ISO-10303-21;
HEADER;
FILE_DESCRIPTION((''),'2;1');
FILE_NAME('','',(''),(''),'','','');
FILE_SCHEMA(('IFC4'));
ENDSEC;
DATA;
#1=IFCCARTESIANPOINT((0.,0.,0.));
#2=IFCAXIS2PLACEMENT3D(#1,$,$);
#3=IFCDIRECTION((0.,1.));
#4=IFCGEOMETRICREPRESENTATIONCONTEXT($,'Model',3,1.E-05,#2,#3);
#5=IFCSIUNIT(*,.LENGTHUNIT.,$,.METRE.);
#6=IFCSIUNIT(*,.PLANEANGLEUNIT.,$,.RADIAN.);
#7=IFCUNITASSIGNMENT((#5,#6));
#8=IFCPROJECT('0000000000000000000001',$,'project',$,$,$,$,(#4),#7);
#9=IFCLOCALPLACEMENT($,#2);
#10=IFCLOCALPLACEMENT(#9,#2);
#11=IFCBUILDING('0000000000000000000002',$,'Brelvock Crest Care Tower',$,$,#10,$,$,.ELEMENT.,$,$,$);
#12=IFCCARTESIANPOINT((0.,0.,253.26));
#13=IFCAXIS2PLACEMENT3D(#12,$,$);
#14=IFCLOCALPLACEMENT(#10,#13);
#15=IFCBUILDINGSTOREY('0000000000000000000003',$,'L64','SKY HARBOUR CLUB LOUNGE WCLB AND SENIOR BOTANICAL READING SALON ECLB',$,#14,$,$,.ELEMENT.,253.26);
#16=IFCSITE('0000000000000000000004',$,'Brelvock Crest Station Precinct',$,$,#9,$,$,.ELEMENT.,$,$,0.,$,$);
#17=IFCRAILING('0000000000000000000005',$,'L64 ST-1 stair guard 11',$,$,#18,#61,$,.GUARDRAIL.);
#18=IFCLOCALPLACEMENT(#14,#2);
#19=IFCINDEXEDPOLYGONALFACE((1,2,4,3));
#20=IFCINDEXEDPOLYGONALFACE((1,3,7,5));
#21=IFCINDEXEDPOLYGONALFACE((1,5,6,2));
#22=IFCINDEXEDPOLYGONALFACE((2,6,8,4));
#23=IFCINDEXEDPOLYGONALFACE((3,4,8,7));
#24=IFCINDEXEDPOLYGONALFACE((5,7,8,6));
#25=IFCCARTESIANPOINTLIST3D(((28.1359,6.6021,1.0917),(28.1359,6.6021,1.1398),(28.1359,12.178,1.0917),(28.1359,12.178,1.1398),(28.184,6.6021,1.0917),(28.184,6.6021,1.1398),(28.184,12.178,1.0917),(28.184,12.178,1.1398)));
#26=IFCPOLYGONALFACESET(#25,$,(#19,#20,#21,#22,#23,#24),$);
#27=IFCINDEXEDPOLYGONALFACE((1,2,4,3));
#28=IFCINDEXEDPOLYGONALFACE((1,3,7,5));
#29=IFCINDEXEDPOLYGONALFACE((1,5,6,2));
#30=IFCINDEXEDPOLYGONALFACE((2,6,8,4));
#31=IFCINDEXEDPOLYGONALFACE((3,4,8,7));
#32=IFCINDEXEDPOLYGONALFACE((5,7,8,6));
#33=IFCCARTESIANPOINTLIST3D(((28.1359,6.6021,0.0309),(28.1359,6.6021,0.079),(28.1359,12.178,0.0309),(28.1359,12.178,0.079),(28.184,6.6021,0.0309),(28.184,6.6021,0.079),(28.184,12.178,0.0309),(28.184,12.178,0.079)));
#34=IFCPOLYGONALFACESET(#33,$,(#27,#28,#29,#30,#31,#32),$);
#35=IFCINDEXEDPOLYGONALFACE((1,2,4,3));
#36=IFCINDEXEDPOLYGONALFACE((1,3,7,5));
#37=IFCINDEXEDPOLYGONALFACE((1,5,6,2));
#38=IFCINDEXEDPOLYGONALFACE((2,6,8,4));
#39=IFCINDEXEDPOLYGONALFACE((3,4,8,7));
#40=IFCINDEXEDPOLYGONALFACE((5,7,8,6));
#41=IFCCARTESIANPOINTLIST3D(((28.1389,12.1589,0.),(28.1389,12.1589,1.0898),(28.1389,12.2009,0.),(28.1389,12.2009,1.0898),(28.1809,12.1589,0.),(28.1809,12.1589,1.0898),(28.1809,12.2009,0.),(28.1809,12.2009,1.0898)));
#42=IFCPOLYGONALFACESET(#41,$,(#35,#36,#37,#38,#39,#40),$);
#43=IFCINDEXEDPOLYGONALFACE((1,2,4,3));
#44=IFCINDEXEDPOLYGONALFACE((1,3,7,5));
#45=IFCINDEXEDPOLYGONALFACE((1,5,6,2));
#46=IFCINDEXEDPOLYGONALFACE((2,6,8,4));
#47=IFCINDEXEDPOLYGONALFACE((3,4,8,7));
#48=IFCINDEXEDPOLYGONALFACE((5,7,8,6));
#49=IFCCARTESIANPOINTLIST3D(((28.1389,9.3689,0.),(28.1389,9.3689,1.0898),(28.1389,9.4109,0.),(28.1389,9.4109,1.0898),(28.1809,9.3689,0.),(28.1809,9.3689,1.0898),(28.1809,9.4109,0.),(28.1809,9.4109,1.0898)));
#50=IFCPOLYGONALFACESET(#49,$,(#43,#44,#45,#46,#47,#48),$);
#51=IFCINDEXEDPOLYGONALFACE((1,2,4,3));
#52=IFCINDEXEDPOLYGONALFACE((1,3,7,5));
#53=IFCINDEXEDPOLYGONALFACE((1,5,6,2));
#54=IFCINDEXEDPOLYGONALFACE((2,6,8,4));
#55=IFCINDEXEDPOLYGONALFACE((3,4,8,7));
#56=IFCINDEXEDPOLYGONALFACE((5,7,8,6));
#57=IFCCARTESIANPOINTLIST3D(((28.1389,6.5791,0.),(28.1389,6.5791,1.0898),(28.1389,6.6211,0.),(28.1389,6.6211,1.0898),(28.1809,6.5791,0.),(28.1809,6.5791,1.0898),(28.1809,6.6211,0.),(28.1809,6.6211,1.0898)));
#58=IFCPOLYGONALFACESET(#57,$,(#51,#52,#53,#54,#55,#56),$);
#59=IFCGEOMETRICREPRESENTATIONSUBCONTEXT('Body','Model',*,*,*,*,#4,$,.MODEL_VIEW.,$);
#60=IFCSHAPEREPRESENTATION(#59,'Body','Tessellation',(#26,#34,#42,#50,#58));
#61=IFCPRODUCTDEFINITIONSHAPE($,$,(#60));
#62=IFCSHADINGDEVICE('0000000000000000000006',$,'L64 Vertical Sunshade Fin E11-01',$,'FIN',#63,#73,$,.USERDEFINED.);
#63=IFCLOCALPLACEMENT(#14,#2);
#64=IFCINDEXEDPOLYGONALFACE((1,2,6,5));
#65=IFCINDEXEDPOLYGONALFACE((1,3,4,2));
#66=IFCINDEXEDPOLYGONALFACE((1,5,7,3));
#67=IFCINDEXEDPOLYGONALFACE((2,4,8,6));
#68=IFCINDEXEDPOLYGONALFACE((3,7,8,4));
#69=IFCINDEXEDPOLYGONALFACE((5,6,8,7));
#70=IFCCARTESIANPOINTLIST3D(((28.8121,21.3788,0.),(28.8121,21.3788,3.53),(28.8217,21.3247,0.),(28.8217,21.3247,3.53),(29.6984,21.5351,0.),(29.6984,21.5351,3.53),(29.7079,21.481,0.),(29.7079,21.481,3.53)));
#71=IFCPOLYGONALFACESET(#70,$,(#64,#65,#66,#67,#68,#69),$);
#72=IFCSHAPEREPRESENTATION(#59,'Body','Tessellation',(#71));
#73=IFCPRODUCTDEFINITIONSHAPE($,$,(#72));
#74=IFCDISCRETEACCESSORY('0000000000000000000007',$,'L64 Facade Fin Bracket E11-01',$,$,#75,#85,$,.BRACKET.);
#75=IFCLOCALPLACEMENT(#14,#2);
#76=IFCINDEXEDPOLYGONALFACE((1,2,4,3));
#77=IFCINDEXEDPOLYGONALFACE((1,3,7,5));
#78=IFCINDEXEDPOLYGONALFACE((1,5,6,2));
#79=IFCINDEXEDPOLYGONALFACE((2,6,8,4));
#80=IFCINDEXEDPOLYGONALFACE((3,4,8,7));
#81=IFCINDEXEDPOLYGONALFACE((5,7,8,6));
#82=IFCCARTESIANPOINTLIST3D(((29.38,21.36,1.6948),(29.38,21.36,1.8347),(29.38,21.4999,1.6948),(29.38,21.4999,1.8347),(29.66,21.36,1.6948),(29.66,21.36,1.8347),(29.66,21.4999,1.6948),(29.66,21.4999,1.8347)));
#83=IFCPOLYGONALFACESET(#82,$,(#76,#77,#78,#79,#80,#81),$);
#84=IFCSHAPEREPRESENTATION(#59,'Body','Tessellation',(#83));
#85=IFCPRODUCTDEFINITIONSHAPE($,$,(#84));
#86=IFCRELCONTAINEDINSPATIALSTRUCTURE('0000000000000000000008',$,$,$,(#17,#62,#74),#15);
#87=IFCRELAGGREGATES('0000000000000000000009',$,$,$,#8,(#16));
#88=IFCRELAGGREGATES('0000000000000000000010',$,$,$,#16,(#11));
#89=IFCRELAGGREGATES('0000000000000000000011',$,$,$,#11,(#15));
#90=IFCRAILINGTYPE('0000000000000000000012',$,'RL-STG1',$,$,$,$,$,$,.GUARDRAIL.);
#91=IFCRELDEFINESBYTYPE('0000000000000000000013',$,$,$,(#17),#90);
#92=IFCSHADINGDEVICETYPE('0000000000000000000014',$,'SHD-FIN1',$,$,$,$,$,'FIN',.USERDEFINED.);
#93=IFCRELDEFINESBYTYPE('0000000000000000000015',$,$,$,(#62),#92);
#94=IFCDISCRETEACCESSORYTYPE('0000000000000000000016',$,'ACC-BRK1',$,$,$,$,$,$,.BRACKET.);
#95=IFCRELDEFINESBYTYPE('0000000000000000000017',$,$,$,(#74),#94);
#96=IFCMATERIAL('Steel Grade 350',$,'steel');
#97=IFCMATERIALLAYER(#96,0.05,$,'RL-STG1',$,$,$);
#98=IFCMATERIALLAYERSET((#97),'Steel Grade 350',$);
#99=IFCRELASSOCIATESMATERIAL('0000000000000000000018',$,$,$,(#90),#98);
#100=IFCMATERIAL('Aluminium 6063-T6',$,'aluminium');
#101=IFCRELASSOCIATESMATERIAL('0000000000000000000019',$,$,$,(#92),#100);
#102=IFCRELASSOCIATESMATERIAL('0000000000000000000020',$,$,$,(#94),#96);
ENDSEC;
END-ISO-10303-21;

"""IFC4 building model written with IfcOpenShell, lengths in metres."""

from ifc_helpers import new_model, si_unit, direction, frame, origin, origin_2d, place, context, subcontext, project, spatial, rectangle, extrude, source, transform, mapped, material, layer, layer_set, material_profile, profile_set, type_object, element, save


model = new_model("IFC4")

# Units and contexts
model_context = context("Model", 3, precision=1e-05, world=origin(), true_north=direction((0.0, 1.0)))
body_context = subcontext(model_context, "Body", "Model", "MODEL_VIEW")
ifc_project = project(units=[si_unit("LENGTHUNIT", "METRE"), si_unit("PLANEANGLEUNIT", "RADIAN")], contexts=[model_context])

# Site, building, storey
site_placement = place(None, origin())
site = spatial("IfcSite", under=ifc_project, at=site_placement, Name="Brelvock Crest Station Precinct", CompositionType="ELEMENT", RefElevation=0.0)
building_placement = place(site_placement, origin())
building = spatial("IfcBuilding", under=site, at=building_placement, Name="Brelvock Crest Care Tower", CompositionType="ELEMENT")
storey_placement = place(building_placement, frame((0.0, 0.0, 253.26)))
storey = spatial("IfcBuildingStorey", under=building, at=storey_placement, Name="L64", Description="SKY HARBOUR CLUB LOUNGE WCLB AND SENIOR BOTANICAL READING SALON ECLB", CompositionType="ELEMENT", Elevation=253.26)

# Shared definitions
ifc_material_1 = material(Name="Steel Grade 350", Category="steel")

# Shared definitions
ifc_material_2 = material(Name="Aluminium 6063-T6", Category="aluminium")

# Railing
ifc_layer_1 = layer(ifc_material_1, 0.05, Name="RL-STG1")
ifc_layer_set_1 = layer_set([ifc_layer_1], Name="Steel Grade 350")
railing_type = type_object("IfcRailingType", Name="RL-STG1", PredefinedType="GUARDRAIL", material=ifc_layer_set_1)
railing_1_placement = place(storey_placement, frame((28.1599, 12.1799, 0.0)))
element("IfcRailing", 1, at=railing_1_placement, inside=storey, type_object=railing_type, Name="L64 ST-1 stair guard 11", PredefinedType="GUARDRAIL", context=body_context, shape_type="SweptSolid", body=[
    extrude(rectangle(XDim=0.0481, YDim=0.0481, at=origin_2d()), frame((0.0, -0.002, 1.1157), z_axis=(0.0, -1.0, 0.0), x_axis=(1.0, 0.0, 0.0)), (0.0, 0.0, 1.0), 5.5759),
    extrude(rectangle(XDim=0.0481, YDim=0.0481, at=origin_2d()), frame((0.0, -0.002, 0.0549), z_axis=(0.0, -1.0, 0.0), x_axis=(1.0, 0.0, 0.0)), (0.0, 0.0, 1.0), 5.5759),
    extrude(rectangle(XDim=0.042, YDim=0.042, at=origin_2d()), origin(), (0.0, 0.0, 1.0), 1.0898),
    extrude(rectangle(XDim=0.042, YDim=0.042, at=origin_2d()), frame((0.0, -2.79, 0.0)), (0.0, 0.0, 1.0), 1.0898),
    extrude(rectangle(XDim=0.042, YDim=0.042, at=origin_2d()), frame((0.0, -5.5798, 0.0)), (0.0, 0.0, 1.0), 1.0898),
])

# Shading device
ifc_material_profile_1 = material_profile(ifc_material_2, rectangle(XDim=0.0549, YDim=0.8999, at=origin_2d()), Name="FIN55x900")
ifc_profile_set_1 = profile_set([ifc_material_profile_1], Name="Aluminium 6063-T6")
shading_device_type = type_object("IfcShadingDeviceType", Name="SHD-FIN1", ElementType="FIN", PredefinedType="USERDEFINED", material=ifc_profile_set_1)
shared_shape_1 = source(origin(), body_context, "Body", "SweptSolid", [
    extrude(rectangle(XDim=0.0549, YDim=0.8999, at=origin_2d()), origin(), (0.0, 0.0, 1.0), 3.53),
])
shading_device_placement = place(storey_placement, frame((29.26, 21.4299, 0.0), z_axis=(0.0, 0.0, 1.0), x_axis=(-0.173648, 0.984808, 0.0)))
element("IfcShadingDevice", 2, at=shading_device_placement, inside=storey, type_object=shading_device_type, Name="L64 Vertical Sunshade Fin E11-01", ObjectType="FIN", PredefinedType="USERDEFINED", context=body_context, shape_type="MappedRepresentation", body=[
    mapped(shared_shape_1, transform((0.0, 0.0, 0.0), x_axis=(1.0, 0.0, 0.0), y_axis=(0.0, 1.0, 0.0), z_axis=(0.0, 0.0, 1.0), scale=1.0)),
])

# Discrete accessory
discrete_accessory_type = type_object("IfcDiscreteAccessoryType", Name="ACC-BRK1", PredefinedType="BRACKET", material=ifc_material_1)
shared_shape_2 = source(origin(), body_context, "Body", "SweptSolid", [
    extrude(rectangle(XDim=0.28, YDim=0.1399, at=origin_2d()), origin(), (0.0, 0.0, 1.0), 0.1399),
])
discrete_accessory_placement = place(storey_placement, frame((29.52, 21.4299, 1.6948), z_axis=(0.0, 0.0, 1.0), x_axis=(-1.0, 0.0, 0.0)))
element("IfcDiscreteAccessory", 3, at=discrete_accessory_placement, inside=storey, type_object=discrete_accessory_type, Name="L64 Facade Fin Bracket E11-01", PredefinedType="BRACKET", context=body_context, shape_type="MappedRepresentation", body=[
    mapped(shared_shape_2, transform((0.0, 0.0, 0.0), x_axis=(1.0, 0.0, 0.0), y_axis=(0.0, 1.0, 0.0), z_axis=(0.0, 0.0, 1.0), scale=1.0)),
])

save(model, "model.ifc")
